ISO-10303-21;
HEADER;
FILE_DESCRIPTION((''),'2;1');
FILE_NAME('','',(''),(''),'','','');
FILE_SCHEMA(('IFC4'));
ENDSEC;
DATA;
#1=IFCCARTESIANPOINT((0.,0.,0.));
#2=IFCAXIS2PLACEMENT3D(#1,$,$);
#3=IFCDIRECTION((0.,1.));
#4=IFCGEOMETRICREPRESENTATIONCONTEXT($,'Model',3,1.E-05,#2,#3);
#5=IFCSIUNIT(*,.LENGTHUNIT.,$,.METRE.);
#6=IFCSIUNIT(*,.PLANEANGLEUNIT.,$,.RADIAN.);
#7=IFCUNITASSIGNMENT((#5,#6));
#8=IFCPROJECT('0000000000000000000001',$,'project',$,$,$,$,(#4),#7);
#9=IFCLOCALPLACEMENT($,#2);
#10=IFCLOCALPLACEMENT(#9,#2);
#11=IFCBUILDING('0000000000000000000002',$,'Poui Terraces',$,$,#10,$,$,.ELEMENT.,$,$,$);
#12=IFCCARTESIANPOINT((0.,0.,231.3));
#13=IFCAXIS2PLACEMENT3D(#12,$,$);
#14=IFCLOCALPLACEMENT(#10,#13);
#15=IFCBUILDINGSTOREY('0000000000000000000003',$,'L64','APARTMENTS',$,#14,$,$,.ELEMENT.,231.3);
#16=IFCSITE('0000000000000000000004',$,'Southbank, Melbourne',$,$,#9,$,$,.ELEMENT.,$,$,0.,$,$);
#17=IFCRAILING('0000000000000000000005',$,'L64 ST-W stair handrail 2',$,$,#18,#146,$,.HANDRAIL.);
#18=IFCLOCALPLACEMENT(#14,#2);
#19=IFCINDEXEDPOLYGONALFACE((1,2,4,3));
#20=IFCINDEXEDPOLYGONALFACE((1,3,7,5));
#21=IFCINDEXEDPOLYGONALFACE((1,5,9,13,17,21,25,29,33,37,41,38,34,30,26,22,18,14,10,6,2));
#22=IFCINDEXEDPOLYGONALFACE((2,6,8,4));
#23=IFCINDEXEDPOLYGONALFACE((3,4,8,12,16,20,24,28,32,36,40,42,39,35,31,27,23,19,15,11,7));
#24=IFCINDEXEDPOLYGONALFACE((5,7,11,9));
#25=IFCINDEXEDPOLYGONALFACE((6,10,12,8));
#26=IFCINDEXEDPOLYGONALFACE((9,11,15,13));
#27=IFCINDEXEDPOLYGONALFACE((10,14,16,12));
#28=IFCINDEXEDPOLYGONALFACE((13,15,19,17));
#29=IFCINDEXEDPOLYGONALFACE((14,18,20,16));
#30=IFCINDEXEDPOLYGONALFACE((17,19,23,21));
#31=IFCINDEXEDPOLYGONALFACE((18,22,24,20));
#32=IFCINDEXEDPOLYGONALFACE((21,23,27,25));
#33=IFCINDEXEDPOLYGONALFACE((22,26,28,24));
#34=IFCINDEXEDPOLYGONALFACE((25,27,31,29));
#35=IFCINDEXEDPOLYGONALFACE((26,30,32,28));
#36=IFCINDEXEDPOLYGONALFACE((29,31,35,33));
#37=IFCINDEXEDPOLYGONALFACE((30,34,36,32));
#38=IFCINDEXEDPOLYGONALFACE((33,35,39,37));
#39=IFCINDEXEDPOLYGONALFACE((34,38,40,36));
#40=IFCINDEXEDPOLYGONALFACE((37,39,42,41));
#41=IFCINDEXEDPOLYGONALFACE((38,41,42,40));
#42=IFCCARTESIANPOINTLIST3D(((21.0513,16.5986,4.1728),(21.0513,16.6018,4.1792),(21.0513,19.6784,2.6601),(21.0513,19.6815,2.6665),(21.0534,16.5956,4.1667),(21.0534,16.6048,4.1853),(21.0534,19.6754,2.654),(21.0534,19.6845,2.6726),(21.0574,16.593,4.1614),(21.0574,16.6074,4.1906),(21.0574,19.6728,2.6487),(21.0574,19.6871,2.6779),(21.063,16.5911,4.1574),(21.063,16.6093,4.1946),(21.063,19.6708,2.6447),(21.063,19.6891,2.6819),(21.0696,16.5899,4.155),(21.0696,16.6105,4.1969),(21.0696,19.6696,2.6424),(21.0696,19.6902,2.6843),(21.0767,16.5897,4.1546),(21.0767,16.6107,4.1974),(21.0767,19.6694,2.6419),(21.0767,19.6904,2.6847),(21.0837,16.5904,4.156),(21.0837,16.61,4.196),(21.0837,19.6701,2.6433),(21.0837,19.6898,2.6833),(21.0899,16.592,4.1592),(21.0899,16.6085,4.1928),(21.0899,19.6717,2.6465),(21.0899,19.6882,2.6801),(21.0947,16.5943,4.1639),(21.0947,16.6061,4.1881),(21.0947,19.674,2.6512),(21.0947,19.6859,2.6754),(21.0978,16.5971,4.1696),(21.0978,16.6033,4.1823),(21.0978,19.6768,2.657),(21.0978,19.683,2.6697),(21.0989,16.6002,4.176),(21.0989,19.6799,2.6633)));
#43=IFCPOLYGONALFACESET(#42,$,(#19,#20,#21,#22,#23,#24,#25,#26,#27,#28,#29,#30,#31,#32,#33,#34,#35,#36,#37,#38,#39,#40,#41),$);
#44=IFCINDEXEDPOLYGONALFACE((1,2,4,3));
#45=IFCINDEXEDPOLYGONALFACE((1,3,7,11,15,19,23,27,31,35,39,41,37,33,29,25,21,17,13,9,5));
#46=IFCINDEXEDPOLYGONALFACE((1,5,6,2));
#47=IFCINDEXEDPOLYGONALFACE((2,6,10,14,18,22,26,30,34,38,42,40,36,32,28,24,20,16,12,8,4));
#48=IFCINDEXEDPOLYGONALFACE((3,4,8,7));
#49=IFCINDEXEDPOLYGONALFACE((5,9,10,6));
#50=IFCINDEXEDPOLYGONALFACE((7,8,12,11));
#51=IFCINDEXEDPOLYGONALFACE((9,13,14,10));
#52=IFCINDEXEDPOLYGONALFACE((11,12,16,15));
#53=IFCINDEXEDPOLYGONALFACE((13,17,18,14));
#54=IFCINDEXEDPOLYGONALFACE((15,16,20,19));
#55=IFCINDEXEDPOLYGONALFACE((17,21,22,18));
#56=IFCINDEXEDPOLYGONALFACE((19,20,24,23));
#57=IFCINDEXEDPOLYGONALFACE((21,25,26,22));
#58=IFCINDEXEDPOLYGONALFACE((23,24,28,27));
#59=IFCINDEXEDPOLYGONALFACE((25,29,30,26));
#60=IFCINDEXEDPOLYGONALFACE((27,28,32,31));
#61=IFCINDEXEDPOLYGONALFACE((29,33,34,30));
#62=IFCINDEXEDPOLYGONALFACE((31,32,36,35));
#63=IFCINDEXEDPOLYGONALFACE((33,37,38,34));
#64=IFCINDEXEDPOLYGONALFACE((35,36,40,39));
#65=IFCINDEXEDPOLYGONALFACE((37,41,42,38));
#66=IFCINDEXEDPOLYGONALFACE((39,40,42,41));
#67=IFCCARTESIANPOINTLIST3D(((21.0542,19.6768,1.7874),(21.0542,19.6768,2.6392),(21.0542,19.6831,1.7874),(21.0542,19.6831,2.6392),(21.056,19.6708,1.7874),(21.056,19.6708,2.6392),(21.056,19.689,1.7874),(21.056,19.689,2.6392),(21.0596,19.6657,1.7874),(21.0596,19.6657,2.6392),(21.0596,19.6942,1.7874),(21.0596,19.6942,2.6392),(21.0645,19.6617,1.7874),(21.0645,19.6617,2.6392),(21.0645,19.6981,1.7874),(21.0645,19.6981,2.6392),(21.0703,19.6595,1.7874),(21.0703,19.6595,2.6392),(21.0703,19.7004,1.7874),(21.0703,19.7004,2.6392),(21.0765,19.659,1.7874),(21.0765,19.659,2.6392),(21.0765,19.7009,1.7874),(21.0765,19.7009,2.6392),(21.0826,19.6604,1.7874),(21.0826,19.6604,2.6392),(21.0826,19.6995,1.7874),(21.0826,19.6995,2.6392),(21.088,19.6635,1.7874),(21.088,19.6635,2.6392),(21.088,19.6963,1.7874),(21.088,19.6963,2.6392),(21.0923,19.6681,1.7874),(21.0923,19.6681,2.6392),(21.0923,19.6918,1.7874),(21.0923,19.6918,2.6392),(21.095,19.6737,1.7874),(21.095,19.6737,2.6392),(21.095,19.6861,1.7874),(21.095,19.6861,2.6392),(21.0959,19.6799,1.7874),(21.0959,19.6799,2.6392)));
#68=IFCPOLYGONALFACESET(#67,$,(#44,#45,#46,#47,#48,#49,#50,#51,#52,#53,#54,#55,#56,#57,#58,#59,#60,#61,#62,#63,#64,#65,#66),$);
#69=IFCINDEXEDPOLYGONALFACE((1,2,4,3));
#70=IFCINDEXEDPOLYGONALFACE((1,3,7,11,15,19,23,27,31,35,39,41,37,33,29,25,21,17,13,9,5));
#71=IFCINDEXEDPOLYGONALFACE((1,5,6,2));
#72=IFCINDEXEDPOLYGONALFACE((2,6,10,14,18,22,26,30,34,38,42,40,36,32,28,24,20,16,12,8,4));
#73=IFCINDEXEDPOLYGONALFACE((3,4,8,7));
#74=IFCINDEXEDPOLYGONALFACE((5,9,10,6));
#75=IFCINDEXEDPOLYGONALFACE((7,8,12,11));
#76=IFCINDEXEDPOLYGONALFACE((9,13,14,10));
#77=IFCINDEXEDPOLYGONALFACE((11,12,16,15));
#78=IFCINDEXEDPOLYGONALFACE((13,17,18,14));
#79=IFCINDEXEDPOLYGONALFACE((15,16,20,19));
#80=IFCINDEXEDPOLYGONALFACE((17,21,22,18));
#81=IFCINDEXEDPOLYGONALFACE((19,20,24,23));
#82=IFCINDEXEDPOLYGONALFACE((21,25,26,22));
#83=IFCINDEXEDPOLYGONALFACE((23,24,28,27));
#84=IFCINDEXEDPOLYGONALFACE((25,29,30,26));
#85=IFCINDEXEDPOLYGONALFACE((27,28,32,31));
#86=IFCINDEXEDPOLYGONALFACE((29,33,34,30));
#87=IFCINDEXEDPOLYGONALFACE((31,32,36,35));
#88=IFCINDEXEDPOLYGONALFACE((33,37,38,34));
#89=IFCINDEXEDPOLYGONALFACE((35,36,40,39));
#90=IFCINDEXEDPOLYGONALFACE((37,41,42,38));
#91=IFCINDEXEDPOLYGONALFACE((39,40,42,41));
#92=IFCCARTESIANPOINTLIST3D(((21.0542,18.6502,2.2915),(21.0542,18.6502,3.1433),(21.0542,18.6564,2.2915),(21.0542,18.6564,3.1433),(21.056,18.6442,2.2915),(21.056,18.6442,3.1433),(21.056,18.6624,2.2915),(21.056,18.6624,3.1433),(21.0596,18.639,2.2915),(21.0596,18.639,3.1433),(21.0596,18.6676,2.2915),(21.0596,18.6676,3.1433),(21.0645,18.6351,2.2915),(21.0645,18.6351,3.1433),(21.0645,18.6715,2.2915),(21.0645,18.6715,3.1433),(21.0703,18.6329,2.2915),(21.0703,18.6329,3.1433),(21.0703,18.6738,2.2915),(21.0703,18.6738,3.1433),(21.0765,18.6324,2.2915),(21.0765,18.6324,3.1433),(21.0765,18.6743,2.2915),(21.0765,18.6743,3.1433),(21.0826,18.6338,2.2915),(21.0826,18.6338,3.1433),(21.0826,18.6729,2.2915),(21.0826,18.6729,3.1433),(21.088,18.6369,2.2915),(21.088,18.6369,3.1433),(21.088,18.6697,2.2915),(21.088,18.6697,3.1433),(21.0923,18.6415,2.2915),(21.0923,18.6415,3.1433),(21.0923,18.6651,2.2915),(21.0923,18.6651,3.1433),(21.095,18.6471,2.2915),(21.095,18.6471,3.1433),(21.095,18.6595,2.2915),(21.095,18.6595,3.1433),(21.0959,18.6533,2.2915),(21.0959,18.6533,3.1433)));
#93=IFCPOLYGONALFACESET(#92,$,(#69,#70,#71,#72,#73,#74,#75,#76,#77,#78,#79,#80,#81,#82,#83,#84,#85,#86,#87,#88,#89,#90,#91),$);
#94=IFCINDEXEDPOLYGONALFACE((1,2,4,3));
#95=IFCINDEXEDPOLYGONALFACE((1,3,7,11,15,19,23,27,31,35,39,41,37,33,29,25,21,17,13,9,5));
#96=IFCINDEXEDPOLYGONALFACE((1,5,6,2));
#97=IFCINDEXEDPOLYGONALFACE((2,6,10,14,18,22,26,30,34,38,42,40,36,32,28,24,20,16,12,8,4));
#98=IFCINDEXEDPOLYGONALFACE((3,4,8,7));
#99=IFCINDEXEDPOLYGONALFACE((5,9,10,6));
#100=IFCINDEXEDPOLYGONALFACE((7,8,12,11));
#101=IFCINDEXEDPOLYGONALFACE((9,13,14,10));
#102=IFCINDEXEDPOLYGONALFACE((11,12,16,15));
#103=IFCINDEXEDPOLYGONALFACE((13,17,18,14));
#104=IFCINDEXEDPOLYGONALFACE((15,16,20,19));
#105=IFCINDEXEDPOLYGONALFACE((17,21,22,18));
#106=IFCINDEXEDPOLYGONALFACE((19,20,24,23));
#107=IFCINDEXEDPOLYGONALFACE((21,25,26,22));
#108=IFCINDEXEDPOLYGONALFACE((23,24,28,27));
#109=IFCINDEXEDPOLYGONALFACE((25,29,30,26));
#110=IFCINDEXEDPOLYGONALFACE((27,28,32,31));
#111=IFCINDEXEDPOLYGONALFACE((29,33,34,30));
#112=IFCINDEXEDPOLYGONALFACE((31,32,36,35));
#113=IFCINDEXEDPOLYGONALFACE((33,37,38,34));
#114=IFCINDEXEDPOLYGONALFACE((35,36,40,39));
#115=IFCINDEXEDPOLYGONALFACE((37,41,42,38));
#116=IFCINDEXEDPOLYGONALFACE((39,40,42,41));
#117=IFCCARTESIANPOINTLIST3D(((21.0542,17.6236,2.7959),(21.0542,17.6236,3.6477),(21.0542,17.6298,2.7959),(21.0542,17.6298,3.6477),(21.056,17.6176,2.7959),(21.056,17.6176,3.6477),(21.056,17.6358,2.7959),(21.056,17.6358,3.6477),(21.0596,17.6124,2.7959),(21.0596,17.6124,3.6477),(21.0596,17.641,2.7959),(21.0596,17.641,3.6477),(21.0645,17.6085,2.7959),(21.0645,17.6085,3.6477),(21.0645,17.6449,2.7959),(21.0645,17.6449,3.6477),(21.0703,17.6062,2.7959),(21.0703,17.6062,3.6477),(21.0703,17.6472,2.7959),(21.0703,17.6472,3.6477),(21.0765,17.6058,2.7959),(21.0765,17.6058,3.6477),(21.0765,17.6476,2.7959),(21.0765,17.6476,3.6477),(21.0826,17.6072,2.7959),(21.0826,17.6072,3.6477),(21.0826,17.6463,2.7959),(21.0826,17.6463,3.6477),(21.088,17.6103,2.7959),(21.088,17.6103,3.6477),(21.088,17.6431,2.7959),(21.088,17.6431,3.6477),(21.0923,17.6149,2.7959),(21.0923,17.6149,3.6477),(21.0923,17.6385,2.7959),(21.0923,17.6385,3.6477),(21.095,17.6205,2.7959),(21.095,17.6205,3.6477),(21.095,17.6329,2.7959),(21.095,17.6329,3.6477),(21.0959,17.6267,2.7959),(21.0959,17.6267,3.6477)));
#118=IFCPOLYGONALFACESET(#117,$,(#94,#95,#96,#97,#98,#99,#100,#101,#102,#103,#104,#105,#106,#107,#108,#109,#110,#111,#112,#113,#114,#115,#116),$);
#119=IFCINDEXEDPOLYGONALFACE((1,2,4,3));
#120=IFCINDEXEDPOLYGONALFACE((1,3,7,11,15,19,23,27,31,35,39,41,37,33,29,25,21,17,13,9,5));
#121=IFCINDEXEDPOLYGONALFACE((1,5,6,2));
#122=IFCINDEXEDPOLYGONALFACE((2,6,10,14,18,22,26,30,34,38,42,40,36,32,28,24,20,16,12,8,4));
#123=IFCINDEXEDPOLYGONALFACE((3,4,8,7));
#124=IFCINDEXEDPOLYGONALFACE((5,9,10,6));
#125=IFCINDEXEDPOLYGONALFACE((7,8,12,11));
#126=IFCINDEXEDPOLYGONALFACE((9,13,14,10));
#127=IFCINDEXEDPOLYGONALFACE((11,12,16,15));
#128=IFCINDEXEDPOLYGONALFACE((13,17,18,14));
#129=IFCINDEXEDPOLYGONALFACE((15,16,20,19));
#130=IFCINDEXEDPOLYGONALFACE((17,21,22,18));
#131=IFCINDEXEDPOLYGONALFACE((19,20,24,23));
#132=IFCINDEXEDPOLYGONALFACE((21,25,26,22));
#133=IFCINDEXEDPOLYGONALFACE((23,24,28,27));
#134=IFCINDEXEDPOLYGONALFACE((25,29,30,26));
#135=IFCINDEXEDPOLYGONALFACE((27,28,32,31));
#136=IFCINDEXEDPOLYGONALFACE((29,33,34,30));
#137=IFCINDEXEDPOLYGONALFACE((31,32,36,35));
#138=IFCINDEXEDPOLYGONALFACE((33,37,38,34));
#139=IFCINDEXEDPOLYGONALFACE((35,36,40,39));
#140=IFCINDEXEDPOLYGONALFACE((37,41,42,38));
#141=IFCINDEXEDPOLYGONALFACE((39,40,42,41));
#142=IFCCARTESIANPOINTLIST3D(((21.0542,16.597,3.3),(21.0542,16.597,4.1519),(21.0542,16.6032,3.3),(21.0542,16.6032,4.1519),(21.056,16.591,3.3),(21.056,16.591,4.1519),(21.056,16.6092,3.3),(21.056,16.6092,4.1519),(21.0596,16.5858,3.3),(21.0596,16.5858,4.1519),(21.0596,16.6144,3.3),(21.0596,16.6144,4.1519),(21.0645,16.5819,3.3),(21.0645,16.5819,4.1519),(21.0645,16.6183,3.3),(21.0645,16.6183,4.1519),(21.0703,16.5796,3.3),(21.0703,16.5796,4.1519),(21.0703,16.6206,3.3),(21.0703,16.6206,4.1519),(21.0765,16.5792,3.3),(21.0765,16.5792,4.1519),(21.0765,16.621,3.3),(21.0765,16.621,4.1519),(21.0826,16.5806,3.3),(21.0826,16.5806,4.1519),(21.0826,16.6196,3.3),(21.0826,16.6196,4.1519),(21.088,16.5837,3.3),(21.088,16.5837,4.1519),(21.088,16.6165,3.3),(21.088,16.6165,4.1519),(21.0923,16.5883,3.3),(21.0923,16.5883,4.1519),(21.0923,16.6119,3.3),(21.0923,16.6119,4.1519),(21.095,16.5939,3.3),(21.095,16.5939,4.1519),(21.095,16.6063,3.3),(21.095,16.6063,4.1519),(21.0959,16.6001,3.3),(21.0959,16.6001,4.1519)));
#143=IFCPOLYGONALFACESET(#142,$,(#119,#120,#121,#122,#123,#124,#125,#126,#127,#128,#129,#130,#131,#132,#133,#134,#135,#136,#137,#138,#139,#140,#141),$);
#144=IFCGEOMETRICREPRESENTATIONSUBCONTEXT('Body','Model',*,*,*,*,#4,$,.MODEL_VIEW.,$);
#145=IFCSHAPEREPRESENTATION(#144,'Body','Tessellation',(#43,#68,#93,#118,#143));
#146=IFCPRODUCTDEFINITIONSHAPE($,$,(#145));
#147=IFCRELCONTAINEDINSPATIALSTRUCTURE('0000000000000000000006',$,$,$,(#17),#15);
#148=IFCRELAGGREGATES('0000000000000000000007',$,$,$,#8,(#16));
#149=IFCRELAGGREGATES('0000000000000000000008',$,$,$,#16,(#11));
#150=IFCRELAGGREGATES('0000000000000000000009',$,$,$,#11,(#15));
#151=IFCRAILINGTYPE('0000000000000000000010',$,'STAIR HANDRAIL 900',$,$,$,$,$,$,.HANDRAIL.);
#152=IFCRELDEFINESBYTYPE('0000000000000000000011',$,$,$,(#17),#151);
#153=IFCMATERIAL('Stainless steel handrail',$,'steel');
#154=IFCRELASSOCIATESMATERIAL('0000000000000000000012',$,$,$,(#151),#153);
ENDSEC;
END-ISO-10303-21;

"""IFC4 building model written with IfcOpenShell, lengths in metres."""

from ifc_helpers import new_model, si_unit, direction, frame, origin, origin_2d, place, context, subcontext, project, spatial, circle, extrude, material, type_object, element, save


model = new_model("IFC4")

# Units and contexts
model_context = context("Model", 3, precision=1e-05, world=origin(), true_north=direction((0.0, 1.0)))
body_context = subcontext(model_context, "Body", "Model", "MODEL_VIEW")
ifc_project = project(units=[si_unit("LENGTHUNIT", "METRE"), si_unit("PLANEANGLEUNIT", "RADIAN")], contexts=[model_context])

# Site, building, storey
site_placement = place(None, origin())
site = spatial("IfcSite", under=ifc_project, at=site_placement, Name="Southbank, Melbourne", CompositionType="ELEMENT", RefElevation=0.0)
building_placement = place(site_placement, origin())
building = spatial("IfcBuilding", under=site, at=building_placement, Name="Poui Terraces", CompositionType="ELEMENT")
storey_placement = place(building_placement, frame((0.0, 0.0, 231.3)))
storey = spatial("IfcBuildingStorey", under=building, at=storey_placement, Name="L64", Description="APARTMENTS", CompositionType="ELEMENT", Elevation=231.3)

# Railing
ifc_material_1 = material(Name="Stainless steel handrail", Category="steel")
railing_type_1 = type_object("IfcRailingType", Name="STAIR HANDRAIL 900", PredefinedType="HANDRAIL", material=ifc_material_1)
railing_1_placement = place(storey_placement, frame((21.075, 19.6799, 1.7874)))
element("IfcRailing", 1, at=railing_1_placement, inside=storey, type_object=railing_type_1, Name="L64 ST-W stair handrail 2", PredefinedType="HANDRAIL", context=body_context, shape_type="SweptSolid", body=[
    extrude(circle(Radius=0.0239, at=origin_2d()), frame((0.0, 0.0, 0.876), z_axis=(0.0, -0.897578, 0.440856), x_axis=(1.0, 0.0, 0.0)), (0.0, 0.0, 1.0), 3.4312),
    extrude(circle(Radius=0.021, at=origin_2d()), origin(), (0.0, 0.0, 1.0), 0.8518),
    extrude(circle(Radius=0.021, at=origin_2d()), frame((0.0, -1.0266, 0.5042)), (0.0, 0.0, 1.0), 0.8518),
    extrude(circle(Radius=0.021, at=origin_2d()), frame((0.0, -2.0532, 1.0085)), (0.0, 0.0, 1.0), 0.8518),
    extrude(circle(Radius=0.021, at=origin_2d()), frame((0.0, -3.0798, 1.5127)), (0.0, 0.0, 1.0), 0.8518),
])

save(model, "model.ifc")
